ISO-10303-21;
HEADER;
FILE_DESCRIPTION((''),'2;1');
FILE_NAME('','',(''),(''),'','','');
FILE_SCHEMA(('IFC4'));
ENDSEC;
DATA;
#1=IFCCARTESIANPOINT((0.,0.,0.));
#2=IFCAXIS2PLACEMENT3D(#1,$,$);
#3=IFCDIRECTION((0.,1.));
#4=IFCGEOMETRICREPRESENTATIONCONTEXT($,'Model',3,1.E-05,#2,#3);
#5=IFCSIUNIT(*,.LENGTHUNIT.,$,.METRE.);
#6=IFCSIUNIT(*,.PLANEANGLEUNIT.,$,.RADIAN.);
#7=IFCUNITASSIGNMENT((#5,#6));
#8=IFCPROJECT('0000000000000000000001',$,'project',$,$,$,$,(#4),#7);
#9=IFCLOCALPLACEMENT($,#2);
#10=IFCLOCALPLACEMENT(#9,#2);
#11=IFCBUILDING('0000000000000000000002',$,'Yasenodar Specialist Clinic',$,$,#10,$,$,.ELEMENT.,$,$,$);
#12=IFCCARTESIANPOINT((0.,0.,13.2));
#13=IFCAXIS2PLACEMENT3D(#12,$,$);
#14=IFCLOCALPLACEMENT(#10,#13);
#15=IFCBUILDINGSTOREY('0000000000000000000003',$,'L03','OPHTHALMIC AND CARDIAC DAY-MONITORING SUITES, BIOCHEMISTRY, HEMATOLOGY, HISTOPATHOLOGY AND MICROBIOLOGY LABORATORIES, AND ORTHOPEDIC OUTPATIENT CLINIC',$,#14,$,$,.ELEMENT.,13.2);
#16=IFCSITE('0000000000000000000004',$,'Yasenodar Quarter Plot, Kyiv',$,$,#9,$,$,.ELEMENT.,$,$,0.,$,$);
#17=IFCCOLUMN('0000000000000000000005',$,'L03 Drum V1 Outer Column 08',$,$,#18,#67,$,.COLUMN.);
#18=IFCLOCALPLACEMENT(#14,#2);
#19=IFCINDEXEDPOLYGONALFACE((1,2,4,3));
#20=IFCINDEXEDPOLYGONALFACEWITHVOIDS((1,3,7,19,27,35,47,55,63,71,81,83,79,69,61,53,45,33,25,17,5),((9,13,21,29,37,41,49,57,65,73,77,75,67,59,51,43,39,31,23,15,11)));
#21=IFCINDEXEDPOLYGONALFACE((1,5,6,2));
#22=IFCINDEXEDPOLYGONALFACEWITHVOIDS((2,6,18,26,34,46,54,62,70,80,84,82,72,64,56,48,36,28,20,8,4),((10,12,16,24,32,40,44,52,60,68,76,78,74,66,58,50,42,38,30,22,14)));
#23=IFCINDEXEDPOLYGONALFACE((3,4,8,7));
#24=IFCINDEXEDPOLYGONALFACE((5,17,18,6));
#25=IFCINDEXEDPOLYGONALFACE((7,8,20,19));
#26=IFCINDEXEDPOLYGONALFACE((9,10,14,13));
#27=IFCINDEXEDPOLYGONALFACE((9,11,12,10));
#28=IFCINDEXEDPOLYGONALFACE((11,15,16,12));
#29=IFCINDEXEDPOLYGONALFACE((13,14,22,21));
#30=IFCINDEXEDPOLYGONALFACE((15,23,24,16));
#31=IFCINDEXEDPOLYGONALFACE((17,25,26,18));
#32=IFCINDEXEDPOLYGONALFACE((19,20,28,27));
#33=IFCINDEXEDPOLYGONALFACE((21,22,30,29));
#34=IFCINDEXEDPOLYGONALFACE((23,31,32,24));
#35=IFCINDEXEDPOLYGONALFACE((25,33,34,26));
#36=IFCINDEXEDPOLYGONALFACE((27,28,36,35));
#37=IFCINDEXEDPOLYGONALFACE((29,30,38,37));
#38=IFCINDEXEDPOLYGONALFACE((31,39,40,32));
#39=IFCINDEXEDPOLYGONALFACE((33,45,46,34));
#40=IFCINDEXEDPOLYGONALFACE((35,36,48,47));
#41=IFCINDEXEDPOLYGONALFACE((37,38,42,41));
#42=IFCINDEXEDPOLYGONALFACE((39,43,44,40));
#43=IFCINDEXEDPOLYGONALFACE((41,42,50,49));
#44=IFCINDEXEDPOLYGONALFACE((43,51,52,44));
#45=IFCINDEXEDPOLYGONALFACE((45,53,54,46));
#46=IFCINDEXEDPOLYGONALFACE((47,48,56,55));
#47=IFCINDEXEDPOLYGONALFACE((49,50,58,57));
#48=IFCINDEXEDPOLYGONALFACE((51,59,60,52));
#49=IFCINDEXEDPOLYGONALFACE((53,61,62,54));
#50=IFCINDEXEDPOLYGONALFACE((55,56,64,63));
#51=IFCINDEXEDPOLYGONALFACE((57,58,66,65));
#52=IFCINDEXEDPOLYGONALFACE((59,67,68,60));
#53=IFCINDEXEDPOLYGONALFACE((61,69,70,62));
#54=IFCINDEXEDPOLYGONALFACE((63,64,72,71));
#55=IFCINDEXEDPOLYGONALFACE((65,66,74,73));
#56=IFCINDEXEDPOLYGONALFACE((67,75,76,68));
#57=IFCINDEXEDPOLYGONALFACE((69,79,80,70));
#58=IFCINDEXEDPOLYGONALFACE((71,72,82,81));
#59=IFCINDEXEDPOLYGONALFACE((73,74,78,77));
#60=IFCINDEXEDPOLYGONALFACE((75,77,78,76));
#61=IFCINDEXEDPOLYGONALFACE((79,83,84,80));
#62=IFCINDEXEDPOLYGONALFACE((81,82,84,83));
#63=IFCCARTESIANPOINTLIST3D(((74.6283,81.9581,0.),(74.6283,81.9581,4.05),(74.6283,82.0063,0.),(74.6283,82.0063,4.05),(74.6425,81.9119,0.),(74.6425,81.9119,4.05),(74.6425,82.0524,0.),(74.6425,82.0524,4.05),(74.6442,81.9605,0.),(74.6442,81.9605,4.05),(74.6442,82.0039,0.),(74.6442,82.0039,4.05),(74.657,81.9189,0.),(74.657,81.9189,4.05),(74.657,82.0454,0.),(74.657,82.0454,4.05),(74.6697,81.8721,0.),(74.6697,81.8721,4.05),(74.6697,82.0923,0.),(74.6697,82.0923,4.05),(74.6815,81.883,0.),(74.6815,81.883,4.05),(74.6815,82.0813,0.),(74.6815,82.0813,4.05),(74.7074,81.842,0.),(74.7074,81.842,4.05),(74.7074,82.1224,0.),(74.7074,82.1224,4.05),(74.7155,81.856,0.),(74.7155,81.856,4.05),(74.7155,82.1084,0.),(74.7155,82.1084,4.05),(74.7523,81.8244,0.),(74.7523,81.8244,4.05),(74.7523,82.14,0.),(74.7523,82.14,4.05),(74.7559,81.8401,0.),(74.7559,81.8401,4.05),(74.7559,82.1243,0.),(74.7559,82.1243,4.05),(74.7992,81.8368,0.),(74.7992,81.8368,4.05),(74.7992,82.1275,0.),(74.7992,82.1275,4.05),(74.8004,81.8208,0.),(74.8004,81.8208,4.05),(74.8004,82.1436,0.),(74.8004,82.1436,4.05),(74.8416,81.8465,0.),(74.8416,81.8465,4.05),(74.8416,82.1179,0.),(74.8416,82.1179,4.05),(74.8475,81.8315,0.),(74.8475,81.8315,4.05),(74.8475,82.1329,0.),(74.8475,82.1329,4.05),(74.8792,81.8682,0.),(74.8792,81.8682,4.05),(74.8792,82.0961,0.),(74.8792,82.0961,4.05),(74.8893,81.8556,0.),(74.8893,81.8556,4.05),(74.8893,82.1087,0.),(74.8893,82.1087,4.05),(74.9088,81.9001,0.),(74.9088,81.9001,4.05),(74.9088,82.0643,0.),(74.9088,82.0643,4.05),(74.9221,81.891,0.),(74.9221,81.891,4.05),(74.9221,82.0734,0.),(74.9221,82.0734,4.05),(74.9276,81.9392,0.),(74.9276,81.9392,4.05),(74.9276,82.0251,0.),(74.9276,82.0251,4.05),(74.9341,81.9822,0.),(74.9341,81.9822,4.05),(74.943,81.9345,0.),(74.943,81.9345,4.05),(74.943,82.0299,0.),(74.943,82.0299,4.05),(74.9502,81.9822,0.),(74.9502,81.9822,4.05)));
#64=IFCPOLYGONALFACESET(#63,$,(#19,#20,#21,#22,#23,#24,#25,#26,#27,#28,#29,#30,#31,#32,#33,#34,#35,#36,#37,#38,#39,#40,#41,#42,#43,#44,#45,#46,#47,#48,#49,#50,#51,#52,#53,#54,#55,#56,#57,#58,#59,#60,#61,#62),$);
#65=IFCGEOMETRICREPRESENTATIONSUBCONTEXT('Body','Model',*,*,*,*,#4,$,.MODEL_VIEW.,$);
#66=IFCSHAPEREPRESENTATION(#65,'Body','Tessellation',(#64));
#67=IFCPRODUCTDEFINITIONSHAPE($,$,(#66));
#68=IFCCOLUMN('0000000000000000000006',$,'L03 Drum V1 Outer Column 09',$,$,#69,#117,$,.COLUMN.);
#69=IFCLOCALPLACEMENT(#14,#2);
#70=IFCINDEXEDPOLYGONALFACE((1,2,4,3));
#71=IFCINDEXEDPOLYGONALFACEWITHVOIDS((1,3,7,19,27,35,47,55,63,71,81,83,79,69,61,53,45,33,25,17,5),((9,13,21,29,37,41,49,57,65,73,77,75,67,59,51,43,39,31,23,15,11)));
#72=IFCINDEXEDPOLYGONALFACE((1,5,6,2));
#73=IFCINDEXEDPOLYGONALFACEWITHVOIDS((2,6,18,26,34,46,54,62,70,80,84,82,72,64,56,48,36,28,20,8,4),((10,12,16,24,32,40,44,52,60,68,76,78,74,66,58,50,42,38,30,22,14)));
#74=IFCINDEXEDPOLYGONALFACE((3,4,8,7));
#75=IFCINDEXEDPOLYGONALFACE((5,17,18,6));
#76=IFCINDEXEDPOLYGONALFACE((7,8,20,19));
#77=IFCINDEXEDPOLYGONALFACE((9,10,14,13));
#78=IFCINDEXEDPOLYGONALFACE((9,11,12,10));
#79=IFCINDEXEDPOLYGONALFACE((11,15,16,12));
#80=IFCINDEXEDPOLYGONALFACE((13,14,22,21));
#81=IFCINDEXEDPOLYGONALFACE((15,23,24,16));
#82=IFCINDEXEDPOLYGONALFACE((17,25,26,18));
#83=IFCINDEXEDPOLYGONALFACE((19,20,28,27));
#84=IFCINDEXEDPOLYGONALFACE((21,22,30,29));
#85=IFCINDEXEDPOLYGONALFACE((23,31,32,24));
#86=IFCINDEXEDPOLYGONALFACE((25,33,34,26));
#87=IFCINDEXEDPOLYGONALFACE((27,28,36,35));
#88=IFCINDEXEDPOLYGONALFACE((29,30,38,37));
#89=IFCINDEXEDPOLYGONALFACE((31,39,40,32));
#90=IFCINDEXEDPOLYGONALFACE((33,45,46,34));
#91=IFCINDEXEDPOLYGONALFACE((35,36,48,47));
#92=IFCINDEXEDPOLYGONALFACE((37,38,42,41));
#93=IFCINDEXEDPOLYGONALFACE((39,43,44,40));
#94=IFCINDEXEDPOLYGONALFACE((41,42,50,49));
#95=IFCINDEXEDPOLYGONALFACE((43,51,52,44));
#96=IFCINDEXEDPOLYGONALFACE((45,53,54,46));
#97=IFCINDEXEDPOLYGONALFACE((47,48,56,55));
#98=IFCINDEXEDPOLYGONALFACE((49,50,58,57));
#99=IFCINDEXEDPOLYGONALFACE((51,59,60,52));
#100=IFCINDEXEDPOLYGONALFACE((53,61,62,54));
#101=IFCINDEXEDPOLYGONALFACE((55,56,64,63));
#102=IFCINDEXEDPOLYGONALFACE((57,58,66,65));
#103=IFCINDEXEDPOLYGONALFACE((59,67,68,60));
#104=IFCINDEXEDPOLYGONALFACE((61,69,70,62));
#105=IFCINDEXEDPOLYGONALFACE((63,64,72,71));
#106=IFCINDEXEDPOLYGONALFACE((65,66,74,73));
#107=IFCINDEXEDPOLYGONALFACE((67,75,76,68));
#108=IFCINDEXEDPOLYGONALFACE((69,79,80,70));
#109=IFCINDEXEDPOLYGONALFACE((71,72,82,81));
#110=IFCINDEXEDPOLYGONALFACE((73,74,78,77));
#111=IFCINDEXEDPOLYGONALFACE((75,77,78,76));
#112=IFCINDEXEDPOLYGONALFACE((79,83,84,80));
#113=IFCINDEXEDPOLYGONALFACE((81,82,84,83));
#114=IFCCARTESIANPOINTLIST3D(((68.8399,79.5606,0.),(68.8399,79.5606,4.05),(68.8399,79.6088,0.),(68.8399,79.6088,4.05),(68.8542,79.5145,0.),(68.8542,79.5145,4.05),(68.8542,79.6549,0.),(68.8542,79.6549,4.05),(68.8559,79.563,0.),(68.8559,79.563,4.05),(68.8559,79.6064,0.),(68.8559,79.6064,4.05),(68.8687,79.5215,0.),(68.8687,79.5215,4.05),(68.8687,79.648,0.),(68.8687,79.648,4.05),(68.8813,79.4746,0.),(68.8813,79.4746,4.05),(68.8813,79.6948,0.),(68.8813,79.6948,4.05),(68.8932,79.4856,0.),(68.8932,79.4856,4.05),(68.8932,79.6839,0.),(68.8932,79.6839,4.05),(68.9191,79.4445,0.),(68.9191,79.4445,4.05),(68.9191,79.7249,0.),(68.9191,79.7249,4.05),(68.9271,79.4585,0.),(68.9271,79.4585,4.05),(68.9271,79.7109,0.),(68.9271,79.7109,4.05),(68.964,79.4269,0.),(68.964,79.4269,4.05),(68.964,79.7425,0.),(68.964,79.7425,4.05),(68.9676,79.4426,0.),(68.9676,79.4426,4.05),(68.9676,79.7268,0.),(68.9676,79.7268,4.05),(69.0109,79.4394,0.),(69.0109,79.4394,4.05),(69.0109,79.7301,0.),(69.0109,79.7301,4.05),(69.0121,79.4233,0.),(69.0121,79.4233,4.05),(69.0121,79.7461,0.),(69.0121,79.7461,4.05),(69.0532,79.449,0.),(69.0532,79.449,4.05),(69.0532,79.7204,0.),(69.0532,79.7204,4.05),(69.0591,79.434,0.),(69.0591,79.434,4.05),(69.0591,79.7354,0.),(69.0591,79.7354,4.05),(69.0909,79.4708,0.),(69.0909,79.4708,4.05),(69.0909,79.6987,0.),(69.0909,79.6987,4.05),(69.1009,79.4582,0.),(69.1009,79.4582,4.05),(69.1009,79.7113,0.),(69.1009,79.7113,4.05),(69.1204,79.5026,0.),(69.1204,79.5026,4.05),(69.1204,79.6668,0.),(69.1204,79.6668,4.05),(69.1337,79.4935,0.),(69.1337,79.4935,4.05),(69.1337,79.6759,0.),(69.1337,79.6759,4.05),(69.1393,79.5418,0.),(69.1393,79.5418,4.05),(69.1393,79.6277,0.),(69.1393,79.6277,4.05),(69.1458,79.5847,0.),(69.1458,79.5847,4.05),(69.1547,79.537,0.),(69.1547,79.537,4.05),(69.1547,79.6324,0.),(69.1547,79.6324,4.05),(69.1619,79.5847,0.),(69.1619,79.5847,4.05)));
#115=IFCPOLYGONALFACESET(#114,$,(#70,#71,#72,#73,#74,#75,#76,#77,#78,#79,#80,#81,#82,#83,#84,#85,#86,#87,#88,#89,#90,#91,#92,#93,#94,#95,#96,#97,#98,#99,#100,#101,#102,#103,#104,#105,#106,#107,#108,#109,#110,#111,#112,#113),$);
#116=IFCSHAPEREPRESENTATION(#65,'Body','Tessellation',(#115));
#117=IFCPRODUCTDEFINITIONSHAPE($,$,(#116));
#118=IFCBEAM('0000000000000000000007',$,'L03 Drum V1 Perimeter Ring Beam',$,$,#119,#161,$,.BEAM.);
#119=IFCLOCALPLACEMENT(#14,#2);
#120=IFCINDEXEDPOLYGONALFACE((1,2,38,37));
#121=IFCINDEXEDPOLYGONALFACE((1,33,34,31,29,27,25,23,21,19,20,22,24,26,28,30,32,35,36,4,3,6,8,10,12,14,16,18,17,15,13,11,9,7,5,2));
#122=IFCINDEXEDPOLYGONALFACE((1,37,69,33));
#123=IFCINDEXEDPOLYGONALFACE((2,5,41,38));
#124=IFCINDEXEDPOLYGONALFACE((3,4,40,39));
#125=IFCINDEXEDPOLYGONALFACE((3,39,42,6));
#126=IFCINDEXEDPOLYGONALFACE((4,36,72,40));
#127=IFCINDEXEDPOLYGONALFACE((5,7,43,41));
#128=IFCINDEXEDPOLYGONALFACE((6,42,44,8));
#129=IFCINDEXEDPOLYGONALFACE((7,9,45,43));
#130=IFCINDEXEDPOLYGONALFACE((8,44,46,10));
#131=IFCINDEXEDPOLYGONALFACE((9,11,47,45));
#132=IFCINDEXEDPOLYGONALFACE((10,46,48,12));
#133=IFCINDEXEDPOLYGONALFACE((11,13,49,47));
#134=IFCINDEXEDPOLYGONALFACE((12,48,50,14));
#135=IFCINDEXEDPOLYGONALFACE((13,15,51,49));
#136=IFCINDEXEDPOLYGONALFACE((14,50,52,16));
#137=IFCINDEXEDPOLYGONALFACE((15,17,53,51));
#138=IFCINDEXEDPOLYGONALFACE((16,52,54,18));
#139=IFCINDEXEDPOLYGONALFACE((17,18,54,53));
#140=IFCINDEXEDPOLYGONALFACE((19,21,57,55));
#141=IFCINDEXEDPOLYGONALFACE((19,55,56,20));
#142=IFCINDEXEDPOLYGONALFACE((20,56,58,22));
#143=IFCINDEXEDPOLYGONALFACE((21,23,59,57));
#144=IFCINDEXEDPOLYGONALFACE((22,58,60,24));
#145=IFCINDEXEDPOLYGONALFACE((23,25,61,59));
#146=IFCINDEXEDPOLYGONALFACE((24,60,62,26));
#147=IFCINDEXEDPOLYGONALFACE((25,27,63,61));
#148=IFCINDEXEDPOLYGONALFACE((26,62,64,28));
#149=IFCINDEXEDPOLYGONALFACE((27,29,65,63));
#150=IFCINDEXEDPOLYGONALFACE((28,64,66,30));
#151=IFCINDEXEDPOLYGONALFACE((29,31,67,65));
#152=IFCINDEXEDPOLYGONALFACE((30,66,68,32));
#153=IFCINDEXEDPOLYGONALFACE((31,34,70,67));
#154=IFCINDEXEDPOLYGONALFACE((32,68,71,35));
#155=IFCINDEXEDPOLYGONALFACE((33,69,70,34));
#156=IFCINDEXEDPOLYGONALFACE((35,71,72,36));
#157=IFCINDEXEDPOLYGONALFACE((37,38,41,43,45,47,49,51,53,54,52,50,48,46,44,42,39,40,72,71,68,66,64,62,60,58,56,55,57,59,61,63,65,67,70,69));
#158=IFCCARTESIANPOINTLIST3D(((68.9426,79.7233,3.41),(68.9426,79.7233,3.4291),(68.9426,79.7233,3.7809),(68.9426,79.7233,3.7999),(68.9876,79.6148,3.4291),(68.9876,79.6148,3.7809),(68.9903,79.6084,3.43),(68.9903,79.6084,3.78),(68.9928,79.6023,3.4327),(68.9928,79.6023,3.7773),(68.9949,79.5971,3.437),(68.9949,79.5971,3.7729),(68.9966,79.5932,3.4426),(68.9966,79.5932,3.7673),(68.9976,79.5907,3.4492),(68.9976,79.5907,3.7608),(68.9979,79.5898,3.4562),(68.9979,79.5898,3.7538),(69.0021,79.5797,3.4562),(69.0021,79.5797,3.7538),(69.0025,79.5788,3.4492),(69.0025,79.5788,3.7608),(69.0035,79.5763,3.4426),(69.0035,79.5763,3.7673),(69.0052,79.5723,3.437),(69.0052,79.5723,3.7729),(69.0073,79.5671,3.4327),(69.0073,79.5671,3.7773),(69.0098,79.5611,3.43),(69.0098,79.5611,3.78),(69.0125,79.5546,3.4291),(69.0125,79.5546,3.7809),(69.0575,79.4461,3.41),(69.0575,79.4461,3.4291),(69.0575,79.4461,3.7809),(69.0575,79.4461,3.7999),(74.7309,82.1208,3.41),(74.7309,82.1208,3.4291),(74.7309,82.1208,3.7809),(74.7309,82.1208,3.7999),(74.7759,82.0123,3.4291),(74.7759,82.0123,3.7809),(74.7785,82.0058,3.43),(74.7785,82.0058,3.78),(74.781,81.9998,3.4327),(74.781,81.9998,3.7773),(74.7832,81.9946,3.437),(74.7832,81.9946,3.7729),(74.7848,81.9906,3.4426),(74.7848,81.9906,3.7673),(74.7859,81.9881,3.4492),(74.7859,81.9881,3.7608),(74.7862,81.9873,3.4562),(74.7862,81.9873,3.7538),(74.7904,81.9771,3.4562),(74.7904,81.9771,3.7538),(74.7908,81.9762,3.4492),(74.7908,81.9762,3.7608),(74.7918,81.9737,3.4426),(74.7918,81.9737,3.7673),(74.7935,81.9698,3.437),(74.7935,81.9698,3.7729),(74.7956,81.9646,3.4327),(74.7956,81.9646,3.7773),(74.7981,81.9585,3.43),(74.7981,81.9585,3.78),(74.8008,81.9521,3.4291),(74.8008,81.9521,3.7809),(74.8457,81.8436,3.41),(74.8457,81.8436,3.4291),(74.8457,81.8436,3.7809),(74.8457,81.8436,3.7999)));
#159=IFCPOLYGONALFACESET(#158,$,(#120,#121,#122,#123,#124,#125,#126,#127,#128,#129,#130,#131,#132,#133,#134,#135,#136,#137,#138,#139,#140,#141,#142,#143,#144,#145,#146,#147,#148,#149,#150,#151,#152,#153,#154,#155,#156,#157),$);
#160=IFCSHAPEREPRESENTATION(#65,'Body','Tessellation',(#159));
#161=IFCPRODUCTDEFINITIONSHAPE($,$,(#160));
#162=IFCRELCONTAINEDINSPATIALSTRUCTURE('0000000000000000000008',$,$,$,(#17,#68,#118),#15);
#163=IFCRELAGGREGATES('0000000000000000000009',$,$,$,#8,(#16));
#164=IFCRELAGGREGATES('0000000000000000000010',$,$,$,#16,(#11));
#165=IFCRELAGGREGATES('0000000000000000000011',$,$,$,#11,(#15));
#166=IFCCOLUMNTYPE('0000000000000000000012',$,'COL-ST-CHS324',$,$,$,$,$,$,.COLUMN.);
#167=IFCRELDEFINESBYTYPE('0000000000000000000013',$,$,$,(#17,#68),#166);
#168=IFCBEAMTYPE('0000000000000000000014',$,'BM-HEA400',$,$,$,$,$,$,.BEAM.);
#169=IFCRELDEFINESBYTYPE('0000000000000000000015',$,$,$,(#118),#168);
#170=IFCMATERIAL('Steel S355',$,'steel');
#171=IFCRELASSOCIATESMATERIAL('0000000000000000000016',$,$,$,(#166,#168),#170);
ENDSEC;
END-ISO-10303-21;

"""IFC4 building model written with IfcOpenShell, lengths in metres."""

from ifc_helpers import new_model, si_unit, direction, frame, origin, origin_2d, place, context, subcontext, project, spatial, hollow_circle, i_section, extrude, material, material_profile, profile_set, type_object, element, save


model = new_model("IFC4")

# Units and contexts
model_context = context("Model", 3, precision=1e-05, world=origin(), true_north=direction((0.0, 1.0)))
body_context = subcontext(model_context, "Body", "Model", "MODEL_VIEW")
ifc_project = project(units=[si_unit("LENGTHUNIT", "METRE"), si_unit("PLANEANGLEUNIT", "RADIAN")], contexts=[model_context])

# Site, building, storey
site_placement = place(None, origin())
site = spatial("IfcSite", under=ifc_project, at=site_placement, Name="Yasenodar Quarter Plot, Kyiv", CompositionType="ELEMENT", RefElevation=0.0)
building_placement = place(site_placement, origin())
building = spatial("IfcBuilding", under=site, at=building_placement, Name="Yasenodar Specialist Clinic", CompositionType="ELEMENT")
storey_placement = place(building_placement, frame((0.0, 0.0, 13.2)))
storey = spatial("IfcBuildingStorey", under=building, at=storey_placement, Name="L03", Description="OPHTHALMIC AND CARDIAC DAY-MONITORING SUITES, BIOCHEMISTRY, HEMATOLOGY, HISTOPATHOLOGY AND MICROBIOLOGY LABORATORIES, AND ORTHOPEDIC OUTPATIENT CLINIC", CompositionType="ELEMENT", Elevation=13.2)

# Columns
ifc_material_1 = material(Name="Steel S355", Category="steel")
ifc_material_profile_1 = material_profile(ifc_material_1, hollow_circle(Radius=0.1619, WallThickness=0.0161, at=origin_2d()), Name="CHS 323.9x16")
ifc_profile_set_1 = profile_set([ifc_material_profile_1], Name="Steel S355")
column_type = type_object("IfcColumnType", Name="COL-ST-CHS324", PredefinedType="COLUMN", material=ifc_profile_set_1)
for number, where, z_axis, x_axis, name in (
    (1, (74.7883, 81.9822, 0.0), (0.0, 0.0, 1.0), (1.0, 0.0, 0.0), "L03 Drum V1 Outer Column 08"),
    (2, (69.0, 79.5847, 0.0), (0.0, 0.0, 1.0), (1.0, 0.0, 0.0), "L03 Drum V1 Outer Column 09"),
):
    element("IfcColumn", number, at=place(storey_placement, frame(where, z_axis=z_axis, x_axis=x_axis)), inside=storey, type_object=column_type, Name=name, PredefinedType="COLUMN", context=body_context, shape_type="SweptSolid", body=[
        extrude(hollow_circle(Radius=0.1619, WallThickness=0.0161, at=origin_2d()), origin(), (0.0, 0.0, 1.0), 4.05),
    ])

# Beam
ifc_material_profile_2 = material_profile(ifc_material_1, i_section(OverallWidth=0.3, OverallDepth=0.3899, WebThickness=0.011, FlangeThickness=0.019, FilletRadius=0.0271, at=origin_2d()), Name="HEA 400")
ifc_profile_set_2 = profile_set([ifc_material_profile_2], Name="Steel S355")
beam_type = type_object("IfcBeamType", Name="BM-HEA400", PredefinedType="BEAM", material=ifc_profile_set_2)
beam_1_placement = place(storey_placement, frame((74.7883, 81.9822, 3.605), z_axis=(-0.923888, -0.382664, 0.0), x_axis=(0.382664, -0.923888, 0.0)))
element("IfcBeam", 3, at=beam_1_placement, inside=storey, type_object=beam_type, Name="L03 Drum V1 Perimeter Ring Beam", PredefinedType="BEAM", context=body_context, shape_type="SweptSolid", body=[
    extrude(i_section(OverallWidth=0.3, OverallDepth=0.3899, WebThickness=0.011, FlangeThickness=0.019, FilletRadius=0.0271, at=origin_2d()), origin(), (0.0, 0.0, 1.0), 6.2651),
])

save(model, "model.ifc")
